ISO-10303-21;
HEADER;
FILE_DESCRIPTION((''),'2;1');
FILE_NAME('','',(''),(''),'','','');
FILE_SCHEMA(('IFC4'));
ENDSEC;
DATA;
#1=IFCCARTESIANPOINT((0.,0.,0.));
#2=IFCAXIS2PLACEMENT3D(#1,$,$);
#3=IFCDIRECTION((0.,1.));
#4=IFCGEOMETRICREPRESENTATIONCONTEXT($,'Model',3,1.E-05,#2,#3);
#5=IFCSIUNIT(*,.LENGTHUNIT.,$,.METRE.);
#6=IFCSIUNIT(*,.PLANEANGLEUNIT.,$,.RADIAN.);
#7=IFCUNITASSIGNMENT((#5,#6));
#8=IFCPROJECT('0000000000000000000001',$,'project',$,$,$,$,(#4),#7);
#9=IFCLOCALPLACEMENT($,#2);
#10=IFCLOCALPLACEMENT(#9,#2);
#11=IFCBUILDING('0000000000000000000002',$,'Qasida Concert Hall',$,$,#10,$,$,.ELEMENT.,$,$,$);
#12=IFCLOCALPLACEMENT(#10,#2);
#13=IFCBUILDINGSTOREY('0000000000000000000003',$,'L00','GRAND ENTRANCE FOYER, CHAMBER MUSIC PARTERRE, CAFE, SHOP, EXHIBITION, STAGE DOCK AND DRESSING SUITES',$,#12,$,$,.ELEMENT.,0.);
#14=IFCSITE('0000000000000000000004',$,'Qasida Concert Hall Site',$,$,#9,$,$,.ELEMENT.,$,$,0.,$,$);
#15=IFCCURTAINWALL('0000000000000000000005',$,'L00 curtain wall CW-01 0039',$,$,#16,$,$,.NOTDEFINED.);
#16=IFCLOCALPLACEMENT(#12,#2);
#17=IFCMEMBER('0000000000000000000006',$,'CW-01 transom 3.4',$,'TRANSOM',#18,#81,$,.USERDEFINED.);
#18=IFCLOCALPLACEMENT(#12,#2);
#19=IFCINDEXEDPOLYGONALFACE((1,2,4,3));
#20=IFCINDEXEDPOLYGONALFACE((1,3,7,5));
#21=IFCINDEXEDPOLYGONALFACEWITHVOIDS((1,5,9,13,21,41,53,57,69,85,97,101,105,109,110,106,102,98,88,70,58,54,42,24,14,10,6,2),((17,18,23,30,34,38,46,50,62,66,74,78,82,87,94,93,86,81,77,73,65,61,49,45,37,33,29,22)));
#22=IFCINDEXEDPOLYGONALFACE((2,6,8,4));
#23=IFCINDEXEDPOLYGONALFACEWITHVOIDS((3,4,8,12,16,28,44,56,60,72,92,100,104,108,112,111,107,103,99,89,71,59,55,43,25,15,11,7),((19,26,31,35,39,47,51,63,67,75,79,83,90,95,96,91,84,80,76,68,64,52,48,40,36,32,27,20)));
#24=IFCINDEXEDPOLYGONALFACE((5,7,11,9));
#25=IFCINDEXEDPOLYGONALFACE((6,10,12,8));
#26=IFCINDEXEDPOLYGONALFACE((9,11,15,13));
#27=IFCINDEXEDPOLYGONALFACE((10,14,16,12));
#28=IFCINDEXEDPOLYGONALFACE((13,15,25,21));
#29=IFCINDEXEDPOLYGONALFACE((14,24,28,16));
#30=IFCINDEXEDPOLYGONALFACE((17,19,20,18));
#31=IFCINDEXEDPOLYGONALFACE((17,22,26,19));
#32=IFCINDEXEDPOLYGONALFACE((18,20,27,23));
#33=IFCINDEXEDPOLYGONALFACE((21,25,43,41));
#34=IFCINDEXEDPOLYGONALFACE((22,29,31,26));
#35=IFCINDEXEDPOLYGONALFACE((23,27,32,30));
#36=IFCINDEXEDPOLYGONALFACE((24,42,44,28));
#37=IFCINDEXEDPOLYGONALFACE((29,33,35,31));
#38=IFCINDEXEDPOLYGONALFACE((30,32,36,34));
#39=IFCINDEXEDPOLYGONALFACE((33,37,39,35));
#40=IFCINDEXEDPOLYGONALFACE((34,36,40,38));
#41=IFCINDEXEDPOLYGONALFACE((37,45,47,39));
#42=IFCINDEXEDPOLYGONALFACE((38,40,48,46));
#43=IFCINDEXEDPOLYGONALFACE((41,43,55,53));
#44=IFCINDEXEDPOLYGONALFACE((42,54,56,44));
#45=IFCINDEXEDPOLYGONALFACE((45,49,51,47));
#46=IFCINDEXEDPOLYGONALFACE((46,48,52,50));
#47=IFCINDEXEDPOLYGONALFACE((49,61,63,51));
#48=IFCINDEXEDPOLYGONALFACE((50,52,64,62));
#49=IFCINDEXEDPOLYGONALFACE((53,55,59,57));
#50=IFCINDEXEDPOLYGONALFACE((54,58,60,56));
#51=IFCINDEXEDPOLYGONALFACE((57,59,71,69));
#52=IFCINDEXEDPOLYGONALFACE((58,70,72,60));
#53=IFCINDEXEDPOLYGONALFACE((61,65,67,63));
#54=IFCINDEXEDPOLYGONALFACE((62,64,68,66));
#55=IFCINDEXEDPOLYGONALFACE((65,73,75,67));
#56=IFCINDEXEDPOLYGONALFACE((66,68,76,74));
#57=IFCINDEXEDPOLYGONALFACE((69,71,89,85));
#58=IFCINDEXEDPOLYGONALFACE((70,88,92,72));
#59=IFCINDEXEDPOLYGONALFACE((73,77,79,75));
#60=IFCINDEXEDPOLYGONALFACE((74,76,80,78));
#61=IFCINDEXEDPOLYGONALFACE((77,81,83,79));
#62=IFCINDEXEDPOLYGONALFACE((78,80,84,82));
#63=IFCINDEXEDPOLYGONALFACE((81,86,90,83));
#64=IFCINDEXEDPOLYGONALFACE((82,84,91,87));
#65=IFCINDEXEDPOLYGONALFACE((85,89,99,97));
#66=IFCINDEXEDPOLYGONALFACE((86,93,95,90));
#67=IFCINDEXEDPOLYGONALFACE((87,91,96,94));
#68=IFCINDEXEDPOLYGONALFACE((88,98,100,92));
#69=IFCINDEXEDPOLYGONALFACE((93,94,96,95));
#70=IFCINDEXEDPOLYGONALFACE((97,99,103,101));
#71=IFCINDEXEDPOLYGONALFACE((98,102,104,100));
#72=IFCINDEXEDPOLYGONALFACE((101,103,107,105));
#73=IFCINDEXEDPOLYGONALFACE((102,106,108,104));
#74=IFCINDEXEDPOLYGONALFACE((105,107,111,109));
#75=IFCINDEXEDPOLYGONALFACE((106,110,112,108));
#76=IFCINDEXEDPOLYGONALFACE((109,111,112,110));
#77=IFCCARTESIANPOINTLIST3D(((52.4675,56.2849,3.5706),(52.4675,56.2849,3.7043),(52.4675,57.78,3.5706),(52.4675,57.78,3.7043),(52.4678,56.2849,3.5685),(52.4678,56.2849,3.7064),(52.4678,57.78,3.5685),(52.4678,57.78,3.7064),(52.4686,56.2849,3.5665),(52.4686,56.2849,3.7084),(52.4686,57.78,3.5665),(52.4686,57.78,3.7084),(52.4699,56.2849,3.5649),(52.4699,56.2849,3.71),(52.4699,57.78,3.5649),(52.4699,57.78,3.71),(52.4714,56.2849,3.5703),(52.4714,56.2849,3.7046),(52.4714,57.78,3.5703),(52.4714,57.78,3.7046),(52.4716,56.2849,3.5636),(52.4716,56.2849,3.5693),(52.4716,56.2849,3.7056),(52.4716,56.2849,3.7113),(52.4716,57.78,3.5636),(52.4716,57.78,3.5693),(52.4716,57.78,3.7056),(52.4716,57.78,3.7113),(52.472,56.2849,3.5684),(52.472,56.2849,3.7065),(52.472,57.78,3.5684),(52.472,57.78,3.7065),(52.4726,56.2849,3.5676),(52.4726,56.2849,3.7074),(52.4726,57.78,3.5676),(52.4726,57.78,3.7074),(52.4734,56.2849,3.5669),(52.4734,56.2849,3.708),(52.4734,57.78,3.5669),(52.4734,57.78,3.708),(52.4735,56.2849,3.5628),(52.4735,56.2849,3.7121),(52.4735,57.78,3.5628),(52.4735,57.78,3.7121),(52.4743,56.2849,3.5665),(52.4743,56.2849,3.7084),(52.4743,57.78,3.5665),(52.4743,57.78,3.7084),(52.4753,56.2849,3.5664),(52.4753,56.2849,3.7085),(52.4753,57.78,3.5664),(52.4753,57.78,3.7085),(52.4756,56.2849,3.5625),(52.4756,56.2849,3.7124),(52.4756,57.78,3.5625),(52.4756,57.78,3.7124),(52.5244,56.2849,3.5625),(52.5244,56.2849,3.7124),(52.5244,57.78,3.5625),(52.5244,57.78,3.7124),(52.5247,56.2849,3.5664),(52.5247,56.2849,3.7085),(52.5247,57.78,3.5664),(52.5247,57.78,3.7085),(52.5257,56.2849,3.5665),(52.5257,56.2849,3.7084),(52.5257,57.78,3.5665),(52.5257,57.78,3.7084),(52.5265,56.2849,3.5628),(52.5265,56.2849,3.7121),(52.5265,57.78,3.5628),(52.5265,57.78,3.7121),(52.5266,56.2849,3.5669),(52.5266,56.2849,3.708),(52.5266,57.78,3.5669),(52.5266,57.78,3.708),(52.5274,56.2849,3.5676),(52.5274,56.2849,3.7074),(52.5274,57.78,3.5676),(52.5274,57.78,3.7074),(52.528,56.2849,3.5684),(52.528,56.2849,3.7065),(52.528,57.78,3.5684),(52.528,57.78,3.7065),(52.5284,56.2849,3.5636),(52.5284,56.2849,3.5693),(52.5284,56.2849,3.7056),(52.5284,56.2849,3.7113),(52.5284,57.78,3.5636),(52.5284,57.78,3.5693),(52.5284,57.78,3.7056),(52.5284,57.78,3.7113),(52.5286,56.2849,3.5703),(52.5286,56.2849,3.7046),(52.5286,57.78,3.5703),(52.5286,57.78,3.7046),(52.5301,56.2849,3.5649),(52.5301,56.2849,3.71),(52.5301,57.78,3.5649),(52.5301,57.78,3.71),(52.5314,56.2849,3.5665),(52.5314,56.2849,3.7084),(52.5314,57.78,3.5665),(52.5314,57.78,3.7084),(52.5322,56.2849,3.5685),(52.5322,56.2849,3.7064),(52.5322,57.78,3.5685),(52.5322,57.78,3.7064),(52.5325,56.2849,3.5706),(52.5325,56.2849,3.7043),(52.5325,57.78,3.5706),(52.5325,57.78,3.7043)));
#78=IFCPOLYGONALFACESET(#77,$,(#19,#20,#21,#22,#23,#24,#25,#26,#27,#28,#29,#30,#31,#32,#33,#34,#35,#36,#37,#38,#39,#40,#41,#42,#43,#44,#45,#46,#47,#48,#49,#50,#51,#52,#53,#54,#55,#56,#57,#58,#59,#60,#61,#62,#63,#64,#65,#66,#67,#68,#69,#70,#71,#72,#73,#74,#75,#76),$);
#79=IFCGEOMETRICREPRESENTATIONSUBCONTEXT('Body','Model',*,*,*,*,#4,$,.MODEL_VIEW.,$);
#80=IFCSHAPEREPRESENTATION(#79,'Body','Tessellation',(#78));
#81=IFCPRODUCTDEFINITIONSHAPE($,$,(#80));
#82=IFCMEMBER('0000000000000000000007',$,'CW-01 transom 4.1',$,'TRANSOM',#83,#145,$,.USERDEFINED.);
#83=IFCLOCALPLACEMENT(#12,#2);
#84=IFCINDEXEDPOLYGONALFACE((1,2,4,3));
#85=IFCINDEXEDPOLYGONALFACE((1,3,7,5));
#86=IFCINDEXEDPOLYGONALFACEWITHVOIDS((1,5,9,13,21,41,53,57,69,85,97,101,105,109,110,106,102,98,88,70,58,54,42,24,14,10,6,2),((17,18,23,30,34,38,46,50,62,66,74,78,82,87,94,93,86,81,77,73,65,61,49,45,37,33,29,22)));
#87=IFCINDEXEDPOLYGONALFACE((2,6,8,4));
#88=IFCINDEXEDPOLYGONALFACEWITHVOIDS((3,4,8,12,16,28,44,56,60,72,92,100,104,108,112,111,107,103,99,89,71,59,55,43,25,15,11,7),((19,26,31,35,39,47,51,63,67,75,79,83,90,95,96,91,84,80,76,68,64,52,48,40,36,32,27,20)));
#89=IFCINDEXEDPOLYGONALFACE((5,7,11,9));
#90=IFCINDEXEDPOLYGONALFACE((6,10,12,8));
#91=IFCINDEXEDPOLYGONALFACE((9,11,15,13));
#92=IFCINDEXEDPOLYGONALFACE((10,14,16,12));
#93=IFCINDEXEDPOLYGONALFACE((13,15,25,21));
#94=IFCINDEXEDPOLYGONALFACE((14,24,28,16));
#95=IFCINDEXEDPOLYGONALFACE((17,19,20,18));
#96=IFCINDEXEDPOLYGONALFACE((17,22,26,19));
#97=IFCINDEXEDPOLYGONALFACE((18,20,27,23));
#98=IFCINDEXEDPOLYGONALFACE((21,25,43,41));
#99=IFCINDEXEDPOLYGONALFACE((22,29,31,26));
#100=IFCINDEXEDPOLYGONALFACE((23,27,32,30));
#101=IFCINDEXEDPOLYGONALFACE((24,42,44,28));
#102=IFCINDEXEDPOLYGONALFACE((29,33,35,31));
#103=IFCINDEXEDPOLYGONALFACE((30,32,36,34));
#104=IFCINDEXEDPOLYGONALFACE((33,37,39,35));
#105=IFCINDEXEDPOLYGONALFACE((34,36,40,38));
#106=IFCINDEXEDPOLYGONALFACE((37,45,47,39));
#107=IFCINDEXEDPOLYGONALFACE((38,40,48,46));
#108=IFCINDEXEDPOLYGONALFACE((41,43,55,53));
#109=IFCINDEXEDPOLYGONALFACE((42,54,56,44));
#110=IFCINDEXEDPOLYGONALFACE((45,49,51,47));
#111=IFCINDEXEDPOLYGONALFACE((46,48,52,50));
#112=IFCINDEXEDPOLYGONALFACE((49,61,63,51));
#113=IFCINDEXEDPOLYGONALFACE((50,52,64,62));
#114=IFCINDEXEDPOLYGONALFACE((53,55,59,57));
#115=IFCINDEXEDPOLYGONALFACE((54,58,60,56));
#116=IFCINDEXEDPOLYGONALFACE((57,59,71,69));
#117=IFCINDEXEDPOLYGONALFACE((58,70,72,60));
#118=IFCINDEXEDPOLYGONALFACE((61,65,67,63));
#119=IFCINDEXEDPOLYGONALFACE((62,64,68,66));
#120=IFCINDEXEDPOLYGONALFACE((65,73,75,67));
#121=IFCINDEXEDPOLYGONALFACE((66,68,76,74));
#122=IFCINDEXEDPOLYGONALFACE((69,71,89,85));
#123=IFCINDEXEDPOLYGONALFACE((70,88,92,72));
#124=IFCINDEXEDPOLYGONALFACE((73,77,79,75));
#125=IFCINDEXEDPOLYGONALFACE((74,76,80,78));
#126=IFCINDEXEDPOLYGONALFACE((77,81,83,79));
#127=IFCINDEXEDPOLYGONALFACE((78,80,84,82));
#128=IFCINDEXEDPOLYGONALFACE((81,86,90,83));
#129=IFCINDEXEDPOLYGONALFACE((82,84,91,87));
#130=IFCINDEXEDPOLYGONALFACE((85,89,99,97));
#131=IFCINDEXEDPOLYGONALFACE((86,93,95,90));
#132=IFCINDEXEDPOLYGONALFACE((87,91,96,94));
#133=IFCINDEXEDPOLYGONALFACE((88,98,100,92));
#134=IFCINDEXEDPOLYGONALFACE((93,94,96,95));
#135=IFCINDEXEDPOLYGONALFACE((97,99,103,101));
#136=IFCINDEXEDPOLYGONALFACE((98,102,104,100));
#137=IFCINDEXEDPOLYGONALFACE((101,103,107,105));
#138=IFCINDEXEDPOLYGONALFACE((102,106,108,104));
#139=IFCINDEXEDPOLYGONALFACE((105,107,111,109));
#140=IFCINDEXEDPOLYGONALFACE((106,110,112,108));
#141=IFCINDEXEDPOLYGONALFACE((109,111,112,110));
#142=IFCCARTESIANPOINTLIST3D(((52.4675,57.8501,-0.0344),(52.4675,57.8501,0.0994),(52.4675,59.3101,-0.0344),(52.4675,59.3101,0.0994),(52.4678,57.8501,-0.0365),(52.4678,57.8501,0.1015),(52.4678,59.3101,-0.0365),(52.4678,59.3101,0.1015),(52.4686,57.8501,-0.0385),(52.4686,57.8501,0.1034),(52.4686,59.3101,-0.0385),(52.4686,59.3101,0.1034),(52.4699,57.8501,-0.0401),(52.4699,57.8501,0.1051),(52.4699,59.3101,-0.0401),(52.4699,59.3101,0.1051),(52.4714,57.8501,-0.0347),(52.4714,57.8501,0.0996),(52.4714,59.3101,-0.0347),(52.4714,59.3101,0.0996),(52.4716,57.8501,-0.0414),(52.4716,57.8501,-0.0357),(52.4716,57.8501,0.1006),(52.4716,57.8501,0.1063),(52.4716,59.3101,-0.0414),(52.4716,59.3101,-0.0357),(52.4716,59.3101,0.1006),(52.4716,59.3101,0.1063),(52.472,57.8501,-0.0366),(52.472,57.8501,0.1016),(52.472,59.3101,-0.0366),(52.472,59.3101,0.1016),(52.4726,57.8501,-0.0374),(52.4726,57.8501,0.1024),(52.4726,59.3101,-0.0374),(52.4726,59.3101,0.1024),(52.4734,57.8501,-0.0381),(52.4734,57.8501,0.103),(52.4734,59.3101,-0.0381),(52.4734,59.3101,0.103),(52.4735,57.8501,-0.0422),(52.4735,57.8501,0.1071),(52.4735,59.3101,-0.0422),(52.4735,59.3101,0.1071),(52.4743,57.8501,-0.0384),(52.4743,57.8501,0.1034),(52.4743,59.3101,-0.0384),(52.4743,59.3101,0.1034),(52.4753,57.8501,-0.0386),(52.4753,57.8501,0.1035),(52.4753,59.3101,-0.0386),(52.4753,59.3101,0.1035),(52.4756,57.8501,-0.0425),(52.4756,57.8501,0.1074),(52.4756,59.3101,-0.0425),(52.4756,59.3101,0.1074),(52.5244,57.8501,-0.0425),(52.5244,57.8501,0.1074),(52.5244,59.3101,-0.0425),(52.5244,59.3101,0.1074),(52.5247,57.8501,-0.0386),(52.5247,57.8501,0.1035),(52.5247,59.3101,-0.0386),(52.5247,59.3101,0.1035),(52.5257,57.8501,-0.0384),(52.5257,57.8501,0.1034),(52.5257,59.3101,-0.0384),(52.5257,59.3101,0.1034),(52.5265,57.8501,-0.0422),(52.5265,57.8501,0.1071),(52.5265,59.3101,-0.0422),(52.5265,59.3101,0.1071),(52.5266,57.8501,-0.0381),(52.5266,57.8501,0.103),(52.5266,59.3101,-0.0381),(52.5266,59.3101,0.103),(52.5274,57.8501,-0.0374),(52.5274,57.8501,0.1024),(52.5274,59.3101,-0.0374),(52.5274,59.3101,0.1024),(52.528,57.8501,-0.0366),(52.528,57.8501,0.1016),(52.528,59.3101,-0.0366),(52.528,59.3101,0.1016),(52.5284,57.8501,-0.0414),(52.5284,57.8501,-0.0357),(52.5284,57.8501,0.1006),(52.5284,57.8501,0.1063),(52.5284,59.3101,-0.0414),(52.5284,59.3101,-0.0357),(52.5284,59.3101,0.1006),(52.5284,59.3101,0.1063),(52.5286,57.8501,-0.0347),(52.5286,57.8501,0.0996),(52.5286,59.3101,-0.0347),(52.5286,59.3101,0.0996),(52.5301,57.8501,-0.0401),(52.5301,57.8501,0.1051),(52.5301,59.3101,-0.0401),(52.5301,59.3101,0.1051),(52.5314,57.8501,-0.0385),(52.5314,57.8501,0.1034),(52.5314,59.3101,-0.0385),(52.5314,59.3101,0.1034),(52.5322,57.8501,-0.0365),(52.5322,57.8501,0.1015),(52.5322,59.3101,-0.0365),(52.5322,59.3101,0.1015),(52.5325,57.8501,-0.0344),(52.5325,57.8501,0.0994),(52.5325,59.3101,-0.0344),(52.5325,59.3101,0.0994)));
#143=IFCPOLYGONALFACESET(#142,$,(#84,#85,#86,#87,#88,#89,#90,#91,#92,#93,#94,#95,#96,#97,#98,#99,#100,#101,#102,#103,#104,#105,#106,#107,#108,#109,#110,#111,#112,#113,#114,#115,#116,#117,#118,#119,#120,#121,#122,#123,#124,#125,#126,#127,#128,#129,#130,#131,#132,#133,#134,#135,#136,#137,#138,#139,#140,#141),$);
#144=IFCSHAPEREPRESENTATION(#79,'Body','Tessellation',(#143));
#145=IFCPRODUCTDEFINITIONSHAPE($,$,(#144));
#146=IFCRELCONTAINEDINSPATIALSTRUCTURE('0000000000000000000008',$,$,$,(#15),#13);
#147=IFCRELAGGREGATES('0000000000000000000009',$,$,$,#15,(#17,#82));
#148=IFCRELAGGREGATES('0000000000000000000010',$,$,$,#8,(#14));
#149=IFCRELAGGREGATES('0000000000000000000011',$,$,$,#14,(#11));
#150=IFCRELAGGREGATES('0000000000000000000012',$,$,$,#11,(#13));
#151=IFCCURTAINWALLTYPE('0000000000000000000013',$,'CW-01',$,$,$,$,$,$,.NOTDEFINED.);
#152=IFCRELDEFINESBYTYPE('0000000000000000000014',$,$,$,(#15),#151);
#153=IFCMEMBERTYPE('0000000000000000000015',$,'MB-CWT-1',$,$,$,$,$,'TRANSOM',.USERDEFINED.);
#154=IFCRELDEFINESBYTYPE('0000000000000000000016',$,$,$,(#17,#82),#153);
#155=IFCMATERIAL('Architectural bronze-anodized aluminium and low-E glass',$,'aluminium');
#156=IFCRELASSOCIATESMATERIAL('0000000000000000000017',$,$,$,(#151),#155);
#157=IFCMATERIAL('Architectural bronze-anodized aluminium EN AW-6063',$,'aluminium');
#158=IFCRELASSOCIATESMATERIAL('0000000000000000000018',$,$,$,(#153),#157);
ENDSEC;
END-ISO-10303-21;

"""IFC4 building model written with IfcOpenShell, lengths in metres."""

from ifc_helpers import new_model, si_unit, direction, frame, origin, origin_2d, place, context, subcontext, project, spatial, hollow_rectangle, extrude, material, material_profile, profile_set, type_object, element, aggregate, save


model = new_model("IFC4")

# Units and contexts
model_context = context("Model", 3, precision=1e-05, world=origin(), true_north=direction((0.0, 1.0)))
body_context = subcontext(model_context, "Body", "Model", "MODEL_VIEW")
ifc_project = project(units=[si_unit("LENGTHUNIT", "METRE"), si_unit("PLANEANGLEUNIT", "RADIAN")], contexts=[model_context])

# Site, building, storey
site_placement = place(None, origin())
site = spatial("IfcSite", under=ifc_project, at=site_placement, Name="Qasida Concert Hall Site", CompositionType="ELEMENT", RefElevation=0.0)
building_placement = place(site_placement, origin())
building = spatial("IfcBuilding", under=site, at=building_placement, Name="Qasida Concert Hall", CompositionType="ELEMENT")
storey_placement = place(building_placement, origin())
storey = spatial("IfcBuildingStorey", under=building, at=storey_placement, Name="L00", Description="GRAND ENTRANCE FOYER, CHAMBER MUSIC PARTERRE, CAFE, SHOP, EXHIBITION, STAGE DOCK AND DRESSING SUITES", CompositionType="ELEMENT", Elevation=0.0)

# Curtain wall, members
ifc_material_1 = material(Name="Architectural bronze-anodized aluminium and low-E glass", Category="aluminium")
curtain_wall_type = type_object("IfcCurtainWallType", Name="CW-01", PredefinedType="NOTDEFINED", material=ifc_material_1)
curtain_wall_placement = place(storey_placement, origin())
curtain_wall = element("IfcCurtainWall", 1, at=curtain_wall_placement, inside=storey, type_object=curtain_wall_type, Name="L00 curtain wall CW-01 0039", PredefinedType="NOTDEFINED")
ifc_material_2 = material(Name="Architectural bronze-anodized aluminium EN AW-6063", Category="aluminium")
ifc_material_profile_1 = material_profile(ifc_material_2, hollow_rectangle(XDim=0.0649, YDim=0.1499, WallThickness=0.0039, InnerFilletRadius=0.0039, OuterFilletRadius=0.0081, at=origin_2d()), Name="CWT 150x65x4")
ifc_profile_set_1 = profile_set([ifc_material_profile_1], Name="Architectural bronze-anodized aluminium EN AW-6063")
member_type_1 = type_object("IfcMemberType", Name="MB-CWT-1", ElementType="TRANSOM", PredefinedType="USERDEFINED", material=ifc_profile_set_1)
member_1_placement = place(storey_placement, frame((52.5, 56.2849, 3.6375), z_axis=(0.0, 1.0, 0.0), x_axis=(-1.0, 0.0, 0.0)))
member_1 = element("IfcMember", 2, at=member_1_placement, type_object=member_type_1, Name="CW-01 transom 3.4", ObjectType="TRANSOM", PredefinedType="USERDEFINED", context=body_context, shape_type="SweptSolid", body=[
    extrude(hollow_rectangle(XDim=0.0649, YDim=0.1499, WallThickness=0.0039, InnerFilletRadius=0.0039, OuterFilletRadius=0.0081, at=origin_2d()), origin(), (0.0, 0.0, 1.0), 1.4951),
])
member_2_placement = place(storey_placement, frame((52.5, 57.8501, 0.0325), z_axis=(0.0, 1.0, 0.0), x_axis=(-1.0, 0.0, 0.0)))
member_2 = element("IfcMember", 3, at=member_2_placement, type_object=member_type_1, Name="CW-01 transom 4.1", ObjectType="TRANSOM", PredefinedType="USERDEFINED", context=body_context, shape_type="SweptSolid", body=[
    extrude(hollow_rectangle(XDim=0.0649, YDim=0.1499, WallThickness=0.0039, InnerFilletRadius=0.0039, OuterFilletRadius=0.0081, at=origin_2d()), origin(), (0.0, 0.0, 1.0), 1.46),
])
aggregate(curtain_wall, [member_1, member_2])

save(model, "model.ifc")
